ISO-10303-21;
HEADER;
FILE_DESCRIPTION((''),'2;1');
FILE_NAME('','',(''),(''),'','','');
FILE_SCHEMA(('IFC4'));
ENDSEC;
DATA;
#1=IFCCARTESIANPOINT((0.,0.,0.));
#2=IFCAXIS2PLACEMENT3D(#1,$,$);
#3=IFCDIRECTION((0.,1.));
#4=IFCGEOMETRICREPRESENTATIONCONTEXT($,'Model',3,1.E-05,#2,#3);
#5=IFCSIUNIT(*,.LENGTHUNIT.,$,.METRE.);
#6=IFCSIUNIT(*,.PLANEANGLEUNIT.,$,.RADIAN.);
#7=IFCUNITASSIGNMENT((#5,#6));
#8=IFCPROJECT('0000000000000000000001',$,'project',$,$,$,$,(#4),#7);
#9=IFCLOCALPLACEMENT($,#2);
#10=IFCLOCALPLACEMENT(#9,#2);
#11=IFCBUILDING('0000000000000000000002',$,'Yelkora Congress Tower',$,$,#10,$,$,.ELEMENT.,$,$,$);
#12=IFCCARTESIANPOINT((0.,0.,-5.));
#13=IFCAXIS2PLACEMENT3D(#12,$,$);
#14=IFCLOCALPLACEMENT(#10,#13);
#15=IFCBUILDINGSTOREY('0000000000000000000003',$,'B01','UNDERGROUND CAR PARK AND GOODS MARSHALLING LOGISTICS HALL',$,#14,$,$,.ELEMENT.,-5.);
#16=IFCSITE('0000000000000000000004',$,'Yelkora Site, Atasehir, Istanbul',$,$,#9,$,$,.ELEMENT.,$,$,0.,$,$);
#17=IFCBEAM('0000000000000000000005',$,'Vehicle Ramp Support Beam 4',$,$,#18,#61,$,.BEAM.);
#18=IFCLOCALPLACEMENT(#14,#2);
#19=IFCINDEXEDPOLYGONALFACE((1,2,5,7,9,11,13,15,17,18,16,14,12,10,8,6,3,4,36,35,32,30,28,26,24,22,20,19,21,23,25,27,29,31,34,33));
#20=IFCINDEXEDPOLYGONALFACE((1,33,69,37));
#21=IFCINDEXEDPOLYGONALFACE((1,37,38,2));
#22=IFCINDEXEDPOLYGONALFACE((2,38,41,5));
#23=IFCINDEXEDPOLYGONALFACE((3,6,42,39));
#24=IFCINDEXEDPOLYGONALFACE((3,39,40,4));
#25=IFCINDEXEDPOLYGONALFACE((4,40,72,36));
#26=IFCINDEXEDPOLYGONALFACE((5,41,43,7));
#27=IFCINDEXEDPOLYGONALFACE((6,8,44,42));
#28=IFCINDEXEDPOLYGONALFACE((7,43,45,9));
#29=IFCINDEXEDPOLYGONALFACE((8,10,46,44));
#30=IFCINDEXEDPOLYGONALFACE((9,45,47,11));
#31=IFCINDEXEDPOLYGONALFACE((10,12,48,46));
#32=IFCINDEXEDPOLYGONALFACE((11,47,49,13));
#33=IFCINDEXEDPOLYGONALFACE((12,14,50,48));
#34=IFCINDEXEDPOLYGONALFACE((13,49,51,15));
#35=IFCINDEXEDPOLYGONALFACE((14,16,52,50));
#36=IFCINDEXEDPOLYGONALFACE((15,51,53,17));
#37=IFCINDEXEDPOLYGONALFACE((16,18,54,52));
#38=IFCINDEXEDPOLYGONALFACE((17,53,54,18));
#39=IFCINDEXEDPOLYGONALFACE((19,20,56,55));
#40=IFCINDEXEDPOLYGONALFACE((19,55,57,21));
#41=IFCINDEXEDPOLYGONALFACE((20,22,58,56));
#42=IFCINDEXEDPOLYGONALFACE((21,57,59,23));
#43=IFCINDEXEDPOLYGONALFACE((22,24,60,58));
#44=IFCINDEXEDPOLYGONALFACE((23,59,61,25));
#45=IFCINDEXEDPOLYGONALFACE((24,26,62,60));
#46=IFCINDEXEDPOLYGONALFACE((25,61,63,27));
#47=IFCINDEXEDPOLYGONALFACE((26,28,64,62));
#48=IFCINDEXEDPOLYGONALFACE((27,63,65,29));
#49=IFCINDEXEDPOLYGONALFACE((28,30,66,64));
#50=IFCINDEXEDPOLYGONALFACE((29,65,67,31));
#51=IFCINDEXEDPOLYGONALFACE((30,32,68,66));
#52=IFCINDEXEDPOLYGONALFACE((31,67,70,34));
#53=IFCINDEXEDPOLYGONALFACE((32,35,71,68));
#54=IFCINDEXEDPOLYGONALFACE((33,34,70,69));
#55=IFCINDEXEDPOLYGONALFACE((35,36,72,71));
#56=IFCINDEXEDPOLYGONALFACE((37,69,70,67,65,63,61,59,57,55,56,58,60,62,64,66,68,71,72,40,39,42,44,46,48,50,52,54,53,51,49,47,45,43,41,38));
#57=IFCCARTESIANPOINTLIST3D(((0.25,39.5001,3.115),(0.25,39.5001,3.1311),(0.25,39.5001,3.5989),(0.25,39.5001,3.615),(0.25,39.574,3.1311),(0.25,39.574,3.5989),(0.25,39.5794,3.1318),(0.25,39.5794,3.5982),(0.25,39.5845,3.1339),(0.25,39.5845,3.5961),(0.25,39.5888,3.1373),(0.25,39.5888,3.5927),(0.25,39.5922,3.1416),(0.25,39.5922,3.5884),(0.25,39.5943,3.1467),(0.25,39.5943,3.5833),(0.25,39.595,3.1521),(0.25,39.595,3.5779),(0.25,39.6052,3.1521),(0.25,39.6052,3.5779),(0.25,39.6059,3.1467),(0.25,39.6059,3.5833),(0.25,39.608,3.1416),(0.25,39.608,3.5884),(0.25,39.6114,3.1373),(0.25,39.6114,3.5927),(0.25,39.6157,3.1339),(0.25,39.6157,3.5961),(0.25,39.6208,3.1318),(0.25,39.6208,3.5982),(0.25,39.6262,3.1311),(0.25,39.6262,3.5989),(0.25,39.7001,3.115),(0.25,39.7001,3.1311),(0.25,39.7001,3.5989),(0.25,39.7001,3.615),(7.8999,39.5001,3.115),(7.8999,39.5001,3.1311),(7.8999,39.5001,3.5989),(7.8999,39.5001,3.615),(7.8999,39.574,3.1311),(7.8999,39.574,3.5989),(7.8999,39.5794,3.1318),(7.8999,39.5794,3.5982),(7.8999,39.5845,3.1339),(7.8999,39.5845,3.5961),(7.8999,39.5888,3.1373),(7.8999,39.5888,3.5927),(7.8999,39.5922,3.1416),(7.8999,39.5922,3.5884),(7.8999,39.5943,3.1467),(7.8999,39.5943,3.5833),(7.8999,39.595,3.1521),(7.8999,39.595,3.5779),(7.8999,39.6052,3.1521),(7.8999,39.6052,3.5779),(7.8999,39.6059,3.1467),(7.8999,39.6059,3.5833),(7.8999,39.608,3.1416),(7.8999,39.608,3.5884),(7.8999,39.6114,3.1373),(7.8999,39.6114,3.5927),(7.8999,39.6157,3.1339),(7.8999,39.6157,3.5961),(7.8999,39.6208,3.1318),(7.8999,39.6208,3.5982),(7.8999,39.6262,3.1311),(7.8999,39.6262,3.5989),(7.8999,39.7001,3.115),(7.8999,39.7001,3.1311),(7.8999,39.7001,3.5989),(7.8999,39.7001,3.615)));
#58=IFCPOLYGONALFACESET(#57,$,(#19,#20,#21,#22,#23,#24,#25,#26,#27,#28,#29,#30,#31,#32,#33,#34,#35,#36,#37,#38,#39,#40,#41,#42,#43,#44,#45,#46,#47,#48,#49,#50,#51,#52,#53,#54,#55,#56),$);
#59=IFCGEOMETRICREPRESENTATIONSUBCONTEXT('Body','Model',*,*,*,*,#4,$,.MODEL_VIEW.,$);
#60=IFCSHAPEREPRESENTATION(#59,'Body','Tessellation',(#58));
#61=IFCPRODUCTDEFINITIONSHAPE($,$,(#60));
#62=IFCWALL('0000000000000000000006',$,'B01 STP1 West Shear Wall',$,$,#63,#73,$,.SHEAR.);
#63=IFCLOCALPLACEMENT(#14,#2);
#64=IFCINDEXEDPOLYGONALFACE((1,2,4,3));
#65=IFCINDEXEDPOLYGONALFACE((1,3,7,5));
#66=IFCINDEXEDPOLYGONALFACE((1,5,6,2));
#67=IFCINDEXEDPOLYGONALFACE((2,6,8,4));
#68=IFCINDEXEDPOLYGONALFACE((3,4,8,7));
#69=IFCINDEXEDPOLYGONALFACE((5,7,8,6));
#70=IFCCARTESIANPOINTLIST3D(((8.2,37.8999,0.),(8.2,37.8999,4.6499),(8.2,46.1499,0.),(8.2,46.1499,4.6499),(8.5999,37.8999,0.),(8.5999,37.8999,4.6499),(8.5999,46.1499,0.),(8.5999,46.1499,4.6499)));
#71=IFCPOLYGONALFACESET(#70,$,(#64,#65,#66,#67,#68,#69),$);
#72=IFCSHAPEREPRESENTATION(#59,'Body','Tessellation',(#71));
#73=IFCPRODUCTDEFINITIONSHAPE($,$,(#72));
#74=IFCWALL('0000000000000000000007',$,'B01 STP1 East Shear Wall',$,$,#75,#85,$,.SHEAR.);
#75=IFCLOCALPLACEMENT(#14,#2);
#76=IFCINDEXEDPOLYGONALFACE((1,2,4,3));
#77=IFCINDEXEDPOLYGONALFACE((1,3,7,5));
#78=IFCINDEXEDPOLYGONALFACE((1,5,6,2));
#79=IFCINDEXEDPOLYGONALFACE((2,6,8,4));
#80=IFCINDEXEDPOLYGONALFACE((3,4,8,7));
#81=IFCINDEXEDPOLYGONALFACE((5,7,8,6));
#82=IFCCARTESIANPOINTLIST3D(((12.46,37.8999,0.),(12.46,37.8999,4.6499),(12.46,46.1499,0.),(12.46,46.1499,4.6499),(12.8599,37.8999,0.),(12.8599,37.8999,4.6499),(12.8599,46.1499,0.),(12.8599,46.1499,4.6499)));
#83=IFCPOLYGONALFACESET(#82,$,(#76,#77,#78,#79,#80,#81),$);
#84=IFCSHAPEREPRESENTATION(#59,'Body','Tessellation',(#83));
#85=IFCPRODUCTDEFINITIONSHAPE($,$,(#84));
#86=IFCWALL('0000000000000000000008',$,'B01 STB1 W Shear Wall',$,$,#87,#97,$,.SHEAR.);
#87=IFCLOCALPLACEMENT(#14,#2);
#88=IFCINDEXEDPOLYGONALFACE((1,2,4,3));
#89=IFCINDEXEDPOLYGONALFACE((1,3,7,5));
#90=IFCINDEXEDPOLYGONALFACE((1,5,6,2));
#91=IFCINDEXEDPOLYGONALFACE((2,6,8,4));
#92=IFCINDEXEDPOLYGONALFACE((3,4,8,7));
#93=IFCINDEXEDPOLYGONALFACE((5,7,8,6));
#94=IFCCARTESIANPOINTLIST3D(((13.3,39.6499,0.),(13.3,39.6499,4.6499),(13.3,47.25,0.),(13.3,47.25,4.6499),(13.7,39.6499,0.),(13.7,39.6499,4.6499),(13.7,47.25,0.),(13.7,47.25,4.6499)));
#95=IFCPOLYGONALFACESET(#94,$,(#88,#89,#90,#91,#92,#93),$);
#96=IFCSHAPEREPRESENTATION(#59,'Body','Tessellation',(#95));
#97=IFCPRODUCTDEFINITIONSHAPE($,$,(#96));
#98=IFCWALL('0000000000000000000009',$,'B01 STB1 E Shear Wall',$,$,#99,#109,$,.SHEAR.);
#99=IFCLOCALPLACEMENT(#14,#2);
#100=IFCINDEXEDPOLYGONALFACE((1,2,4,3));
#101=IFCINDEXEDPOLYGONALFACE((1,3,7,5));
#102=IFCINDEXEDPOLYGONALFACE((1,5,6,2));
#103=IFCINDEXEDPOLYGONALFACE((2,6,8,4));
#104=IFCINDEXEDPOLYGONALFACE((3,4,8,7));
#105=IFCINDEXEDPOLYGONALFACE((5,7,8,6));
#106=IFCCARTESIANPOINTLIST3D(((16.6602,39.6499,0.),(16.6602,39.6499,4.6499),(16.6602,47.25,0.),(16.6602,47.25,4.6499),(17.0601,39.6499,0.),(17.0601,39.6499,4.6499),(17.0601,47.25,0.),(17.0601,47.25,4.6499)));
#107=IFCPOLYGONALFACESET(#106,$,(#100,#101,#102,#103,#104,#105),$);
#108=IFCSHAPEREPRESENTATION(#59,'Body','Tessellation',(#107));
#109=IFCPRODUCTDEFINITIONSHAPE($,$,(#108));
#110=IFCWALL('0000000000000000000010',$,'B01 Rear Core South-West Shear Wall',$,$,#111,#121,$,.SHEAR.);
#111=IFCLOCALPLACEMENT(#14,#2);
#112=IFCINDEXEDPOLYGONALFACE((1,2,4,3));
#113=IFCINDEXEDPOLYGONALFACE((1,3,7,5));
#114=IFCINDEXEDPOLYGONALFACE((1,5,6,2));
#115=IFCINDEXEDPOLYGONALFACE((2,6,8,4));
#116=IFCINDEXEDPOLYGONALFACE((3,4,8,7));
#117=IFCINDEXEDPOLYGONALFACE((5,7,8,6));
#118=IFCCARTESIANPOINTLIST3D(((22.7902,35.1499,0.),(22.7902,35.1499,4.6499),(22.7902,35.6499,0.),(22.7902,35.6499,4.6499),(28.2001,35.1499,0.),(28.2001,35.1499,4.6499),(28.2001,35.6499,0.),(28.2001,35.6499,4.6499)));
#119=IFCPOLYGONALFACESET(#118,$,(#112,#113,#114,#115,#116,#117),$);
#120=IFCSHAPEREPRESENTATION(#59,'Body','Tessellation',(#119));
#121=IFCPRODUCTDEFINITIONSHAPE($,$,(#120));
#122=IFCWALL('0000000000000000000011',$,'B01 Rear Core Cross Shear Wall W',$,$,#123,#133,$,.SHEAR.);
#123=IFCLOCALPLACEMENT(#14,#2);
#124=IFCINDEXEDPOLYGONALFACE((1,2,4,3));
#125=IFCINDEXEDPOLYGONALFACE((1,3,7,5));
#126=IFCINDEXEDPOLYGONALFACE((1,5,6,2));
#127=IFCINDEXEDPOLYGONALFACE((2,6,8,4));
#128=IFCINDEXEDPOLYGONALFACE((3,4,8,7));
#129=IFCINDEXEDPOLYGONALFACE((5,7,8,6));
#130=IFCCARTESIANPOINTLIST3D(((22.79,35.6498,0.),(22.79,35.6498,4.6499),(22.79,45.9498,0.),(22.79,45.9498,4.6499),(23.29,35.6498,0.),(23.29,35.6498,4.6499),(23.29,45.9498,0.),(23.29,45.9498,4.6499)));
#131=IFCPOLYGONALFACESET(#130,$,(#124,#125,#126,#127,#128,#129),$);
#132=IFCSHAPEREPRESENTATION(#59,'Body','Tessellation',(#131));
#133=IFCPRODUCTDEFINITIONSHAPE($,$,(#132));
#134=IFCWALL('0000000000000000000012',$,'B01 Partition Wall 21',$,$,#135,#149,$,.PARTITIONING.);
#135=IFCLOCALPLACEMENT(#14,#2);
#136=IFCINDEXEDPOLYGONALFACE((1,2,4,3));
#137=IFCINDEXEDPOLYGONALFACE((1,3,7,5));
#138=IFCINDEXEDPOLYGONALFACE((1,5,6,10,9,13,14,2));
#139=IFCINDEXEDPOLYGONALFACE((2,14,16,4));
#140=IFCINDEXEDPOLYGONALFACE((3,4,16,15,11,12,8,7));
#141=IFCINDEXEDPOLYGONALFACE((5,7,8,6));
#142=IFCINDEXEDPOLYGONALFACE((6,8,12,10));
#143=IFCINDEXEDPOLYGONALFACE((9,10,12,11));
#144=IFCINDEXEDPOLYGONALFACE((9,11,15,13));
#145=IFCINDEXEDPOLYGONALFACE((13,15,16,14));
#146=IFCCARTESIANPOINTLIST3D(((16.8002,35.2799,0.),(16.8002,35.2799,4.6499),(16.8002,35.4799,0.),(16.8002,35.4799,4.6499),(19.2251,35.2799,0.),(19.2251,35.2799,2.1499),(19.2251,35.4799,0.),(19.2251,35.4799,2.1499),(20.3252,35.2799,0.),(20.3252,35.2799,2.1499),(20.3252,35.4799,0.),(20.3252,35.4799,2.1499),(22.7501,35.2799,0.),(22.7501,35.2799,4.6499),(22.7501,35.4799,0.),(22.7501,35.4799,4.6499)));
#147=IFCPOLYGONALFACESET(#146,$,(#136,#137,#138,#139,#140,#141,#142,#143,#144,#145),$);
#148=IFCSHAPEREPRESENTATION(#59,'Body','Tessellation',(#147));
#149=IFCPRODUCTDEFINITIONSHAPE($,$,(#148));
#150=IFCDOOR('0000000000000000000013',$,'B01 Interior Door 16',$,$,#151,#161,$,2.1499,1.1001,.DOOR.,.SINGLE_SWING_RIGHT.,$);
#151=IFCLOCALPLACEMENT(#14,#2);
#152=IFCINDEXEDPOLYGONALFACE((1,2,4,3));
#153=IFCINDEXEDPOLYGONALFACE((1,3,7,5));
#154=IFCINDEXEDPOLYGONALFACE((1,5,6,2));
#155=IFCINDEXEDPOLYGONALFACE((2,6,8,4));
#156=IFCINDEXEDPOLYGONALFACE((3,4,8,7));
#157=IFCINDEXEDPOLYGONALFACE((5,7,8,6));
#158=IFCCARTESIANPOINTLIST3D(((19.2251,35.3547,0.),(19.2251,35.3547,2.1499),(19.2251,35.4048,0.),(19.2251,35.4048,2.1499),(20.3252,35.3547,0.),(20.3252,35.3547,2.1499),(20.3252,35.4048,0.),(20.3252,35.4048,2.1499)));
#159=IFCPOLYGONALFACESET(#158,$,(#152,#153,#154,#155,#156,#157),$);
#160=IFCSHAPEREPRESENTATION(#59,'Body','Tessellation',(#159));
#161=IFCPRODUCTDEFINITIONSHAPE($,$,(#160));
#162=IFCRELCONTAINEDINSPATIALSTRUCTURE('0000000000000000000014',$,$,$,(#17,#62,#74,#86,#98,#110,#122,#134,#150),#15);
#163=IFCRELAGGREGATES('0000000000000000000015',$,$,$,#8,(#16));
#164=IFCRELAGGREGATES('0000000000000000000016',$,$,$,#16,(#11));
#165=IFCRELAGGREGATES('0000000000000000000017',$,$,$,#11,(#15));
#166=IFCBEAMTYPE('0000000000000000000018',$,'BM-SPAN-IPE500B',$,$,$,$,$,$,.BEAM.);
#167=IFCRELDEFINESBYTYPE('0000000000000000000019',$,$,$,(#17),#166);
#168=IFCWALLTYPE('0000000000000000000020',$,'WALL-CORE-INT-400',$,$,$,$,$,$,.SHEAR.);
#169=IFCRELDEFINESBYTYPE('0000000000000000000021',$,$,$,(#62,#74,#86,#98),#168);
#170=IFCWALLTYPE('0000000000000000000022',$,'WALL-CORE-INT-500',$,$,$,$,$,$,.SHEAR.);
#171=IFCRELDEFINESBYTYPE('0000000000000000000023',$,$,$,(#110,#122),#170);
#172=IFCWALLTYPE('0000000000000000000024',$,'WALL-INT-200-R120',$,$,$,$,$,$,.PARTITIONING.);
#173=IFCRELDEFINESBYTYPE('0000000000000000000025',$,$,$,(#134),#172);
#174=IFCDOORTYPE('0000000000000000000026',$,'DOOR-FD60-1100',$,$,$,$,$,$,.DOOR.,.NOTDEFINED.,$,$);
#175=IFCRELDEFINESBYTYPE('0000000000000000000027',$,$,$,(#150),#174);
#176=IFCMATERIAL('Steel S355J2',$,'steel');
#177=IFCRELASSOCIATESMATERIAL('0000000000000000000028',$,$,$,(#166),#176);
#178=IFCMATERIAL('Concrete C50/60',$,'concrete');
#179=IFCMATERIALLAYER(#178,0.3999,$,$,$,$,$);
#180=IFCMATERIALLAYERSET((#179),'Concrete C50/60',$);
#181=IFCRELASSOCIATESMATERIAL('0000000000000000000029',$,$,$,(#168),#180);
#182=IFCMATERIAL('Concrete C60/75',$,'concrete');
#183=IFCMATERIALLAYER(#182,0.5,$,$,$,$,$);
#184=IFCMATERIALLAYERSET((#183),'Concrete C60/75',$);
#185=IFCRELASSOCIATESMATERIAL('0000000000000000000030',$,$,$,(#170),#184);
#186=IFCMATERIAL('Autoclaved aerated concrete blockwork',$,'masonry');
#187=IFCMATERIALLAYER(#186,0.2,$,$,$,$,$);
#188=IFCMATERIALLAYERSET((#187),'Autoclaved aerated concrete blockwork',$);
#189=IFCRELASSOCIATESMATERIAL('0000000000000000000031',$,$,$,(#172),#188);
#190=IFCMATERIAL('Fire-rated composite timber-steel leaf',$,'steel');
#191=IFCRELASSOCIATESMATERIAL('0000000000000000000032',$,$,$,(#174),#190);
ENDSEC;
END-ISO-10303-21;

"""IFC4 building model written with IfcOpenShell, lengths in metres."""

from ifc_helpers import new_model, si_unit, direction, frame, frame_2d, origin, origin_2d, place, context, subcontext, project, spatial, rectangle, i_section, extrude, material, layer, layer_set, material_profile, profile_set, type_object, element, fill, save


model = new_model("IFC4")

# Units and contexts
model_context = context("Model", 3, precision=1e-05, world=origin(), true_north=direction((0.0, 1.0)))
body_context = subcontext(model_context, "Body", "Model", "MODEL_VIEW")
ifc_project = project(units=[si_unit("LENGTHUNIT", "METRE"), si_unit("PLANEANGLEUNIT", "RADIAN")], contexts=[model_context])

# Site, building, storey
site_placement = place(None, origin())
site = spatial("IfcSite", under=ifc_project, at=site_placement, Name="Yelkora Site, Atasehir, Istanbul", CompositionType="ELEMENT", RefElevation=0.0)
building_placement = place(site_placement, origin())
building = spatial("IfcBuilding", under=site, at=building_placement, Name="Yelkora Congress Tower", CompositionType="ELEMENT")
storey_placement = place(building_placement, frame((0.0, 0.0, -5.0)))
storey = spatial("IfcBuildingStorey", under=building, at=storey_placement, Name="B01", Description="UNDERGROUND CAR PARK AND GOODS MARSHALLING LOGISTICS HALL", CompositionType="ELEMENT", Elevation=-5.0)

# Shared definitions
ifc_material_1 = material(Name="Concrete C50/60", Category="concrete")
ifc_material_2 = material(Name="Concrete C60/75", Category="concrete")

# Beam
ifc_material_3 = material(Name="Steel S355J2", Category="steel")
ifc_material_profile_1 = material_profile(ifc_material_3, i_section(OverallWidth=0.2, OverallDepth=0.5, WebThickness=0.0103, FlangeThickness=0.0161, FilletRadius=0.021, at=origin_2d()), Name="IPE 500")
ifc_profile_set_1 = profile_set([ifc_material_profile_1], Name="Steel S355J2")
beam_type_1 = type_object("IfcBeamType", Name="BM-SPAN-IPE500B", PredefinedType="BEAM", material=ifc_profile_set_1)
for number, where, z_axis, x_axis, name in (
    (1, (0.25, 39.6001, 3.365), (1.0, 0.0, 0.0), (0.0, 1.0, 0.0), "Vehicle Ramp Support Beam 4"),
):
    element("IfcBeam", number, at=place(storey_placement, frame(where, z_axis=z_axis, x_axis=x_axis)), inside=storey, type_object=beam_type_1, Name=name, PredefinedType="BEAM", context=body_context, shape_type="SweptSolid", body=[
        extrude(i_section(OverallWidth=0.2, OverallDepth=0.5, WebThickness=0.0103, FlangeThickness=0.0161, FilletRadius=0.021, at=origin_2d()), origin(), (0.0, 0.0, 1.0), 7.6499),
    ])

# Walls
ifc_layer_1 = layer(ifc_material_1, 0.3999)
ifc_layer_set_1 = layer_set([ifc_layer_1], Name="Concrete C50/60")
wall_type_1 = type_object("IfcWallType", Name="WALL-CORE-INT-400", PredefinedType="SHEAR", material=ifc_layer_set_1)
for number, where, z_axis, x_axis, name in (
    (2, (8.3999, 37.8999, 0.0), (0.0, 0.0, 1.0), (0.0, 1.0, 0.0), "B01 STP1 West Shear Wall"),
    (3, (12.6599, 37.8999, 0.0), (0.0, 0.0, 1.0), (0.0, 1.0, 0.0), "B01 STP1 East Shear Wall"),
):
    element("IfcWall", number, at=place(storey_placement, frame(where, z_axis=z_axis, x_axis=x_axis)), inside=storey, type_object=wall_type_1, Name=name, PredefinedType="SHEAR", context=body_context, shape_type="SweptSolid", body=[
        extrude(rectangle(XDim=8.25, YDim=0.3999, at=frame_2d((4.125, 0.0))), origin(), (0.0, 0.0, 1.0), 4.6499),
    ])
for number, where, z_axis, x_axis, name in (
    (4, (13.5, 39.6499, 0.0), (0.0, 0.0, 1.0), (0.0, 1.0, 0.0), "B01 STB1 W Shear Wall"),
    (5, (16.8601, 39.6499, 0.0), (0.0, 0.0, 1.0), (0.0, 1.0, 0.0), "B01 STB1 E Shear Wall"),
):
    element("IfcWall", number, at=place(storey_placement, frame(where, z_axis=z_axis, x_axis=x_axis)), inside=storey, type_object=wall_type_1, Name=name, PredefinedType="SHEAR", context=body_context, shape_type="SweptSolid", body=[
        extrude(rectangle(XDim=7.6001, YDim=0.3999, at=frame_2d((3.8, 0.0))), origin(), (0.0, 0.0, 1.0), 4.6499),
    ])
ifc_layer_2 = layer(ifc_material_2, 0.5)
ifc_layer_set_2 = layer_set([ifc_layer_2], Name="Concrete C60/75")
wall_type_2 = type_object("IfcWallType", Name="WALL-CORE-INT-500", PredefinedType="SHEAR", material=ifc_layer_set_2)
wall_1_placement = place(storey_placement, frame((22.79, 35.3999, 0.0), z_axis=(0.0, 0.0, 1.0), x_axis=(1.0, 0.0, 0.0)))
element("IfcWall", 6, at=wall_1_placement, inside=storey, type_object=wall_type_2, Name="B01 Rear Core South-West Shear Wall", PredefinedType="SHEAR", context=body_context, shape_type="SweptSolid", body=[
    extrude(rectangle(XDim=5.4099, YDim=0.5, at=frame_2d((2.7051, 0.0))), origin(), (0.0, 0.0, 1.0), 4.6499),
])
wall_2_placement = place(storey_placement, frame((23.04, 35.6499, 0.0), z_axis=(0.0, 0.0, 1.0), x_axis=(0.0, 1.0, 0.0)))
element("IfcWall", 7, at=wall_2_placement, inside=storey, type_object=wall_type_2, Name="B01 Rear Core Cross Shear Wall W", PredefinedType="SHEAR", context=body_context, shape_type="SweptSolid", body=[
    extrude(rectangle(XDim=10.3, YDim=0.5, at=frame_2d((5.1499, 0.0))), origin(), (0.0, 0.0, 1.0), 4.6499),
])

# Wall, opening, door
ifc_material_4 = material(Name="Autoclaved aerated concrete blockwork", Category="masonry")
ifc_layer_3 = layer(ifc_material_4, 0.2)
ifc_layer_set_3 = layer_set([ifc_layer_3], Name="Autoclaved aerated concrete blockwork")
wall_type_3 = type_object("IfcWallType", Name="WALL-INT-200-R120", PredefinedType="PARTITIONING", material=ifc_layer_set_3)
wall_3_placement = place(storey_placement, frame((16.8, 35.3799, 0.0), z_axis=(0.0, 0.0, 1.0), x_axis=(1.0, 0.0, 0.0)))
wall_3 = element("IfcWall", 8, at=wall_3_placement, inside=storey, type_object=wall_type_3, Name="B01 Partition Wall 21", PredefinedType="PARTITIONING", context=body_context, shape_type="SweptSolid", body=[
    extrude(rectangle(XDim=5.95, YDim=0.2, at=frame_2d((2.9751, 0.0))), origin(), (0.0, 0.0, 1.0), 4.6499),
])
opening_1_placement = place(wall_3_placement, frame((2.425, 0.0, 0.0)))
opening_1 = element("IfcOpeningElement", 9, at=opening_1_placement, cuts=wall_3, PredefinedType="OPENING", context=body_context, shape_type="SweptSolid", body=[
    extrude(rectangle(XDim=1.1001, YDim=2.1499, at=frame_2d((0.55, 1.075))), frame((0.0, 0.1099, 0.0), z_axis=(0.0, -1.0, 0.0), x_axis=(1.0, 0.0, 0.0)), (0.0, 0.0, 1.0), 0.22),
])
ifc_material_5 = material(Name="Fire-rated composite timber-steel leaf", Category="steel")
door_type_1 = type_object("IfcDoorType", Name="DOOR-FD60-1100", OperationType="NOTDEFINED", PredefinedType="DOOR", material=ifc_material_5)
door_1_placement = place(opening_1_placement, origin())
door_1 = element("IfcDoor", 10, at=door_1_placement, inside=storey, type_object=door_type_1, Name="B01 Interior Door 16", OperationType="SINGLE_SWING_RIGHT", OverallHeight=2.1499, OverallWidth=1.1001, PredefinedType="DOOR", context=body_context, shape_type="SweptSolid", body=[
    extrude(rectangle(XDim=1.1001, YDim=2.1499, at=frame_2d((0.55, 1.075))), frame((0.0, 0.0249, 0.0), z_axis=(0.0, -1.0, 0.0), x_axis=(1.0, 0.0, 0.0)), (0.0, 0.0, 1.0), 0.05),
])
fill(opening_1, door_1)

save(model, "model.ifc")
